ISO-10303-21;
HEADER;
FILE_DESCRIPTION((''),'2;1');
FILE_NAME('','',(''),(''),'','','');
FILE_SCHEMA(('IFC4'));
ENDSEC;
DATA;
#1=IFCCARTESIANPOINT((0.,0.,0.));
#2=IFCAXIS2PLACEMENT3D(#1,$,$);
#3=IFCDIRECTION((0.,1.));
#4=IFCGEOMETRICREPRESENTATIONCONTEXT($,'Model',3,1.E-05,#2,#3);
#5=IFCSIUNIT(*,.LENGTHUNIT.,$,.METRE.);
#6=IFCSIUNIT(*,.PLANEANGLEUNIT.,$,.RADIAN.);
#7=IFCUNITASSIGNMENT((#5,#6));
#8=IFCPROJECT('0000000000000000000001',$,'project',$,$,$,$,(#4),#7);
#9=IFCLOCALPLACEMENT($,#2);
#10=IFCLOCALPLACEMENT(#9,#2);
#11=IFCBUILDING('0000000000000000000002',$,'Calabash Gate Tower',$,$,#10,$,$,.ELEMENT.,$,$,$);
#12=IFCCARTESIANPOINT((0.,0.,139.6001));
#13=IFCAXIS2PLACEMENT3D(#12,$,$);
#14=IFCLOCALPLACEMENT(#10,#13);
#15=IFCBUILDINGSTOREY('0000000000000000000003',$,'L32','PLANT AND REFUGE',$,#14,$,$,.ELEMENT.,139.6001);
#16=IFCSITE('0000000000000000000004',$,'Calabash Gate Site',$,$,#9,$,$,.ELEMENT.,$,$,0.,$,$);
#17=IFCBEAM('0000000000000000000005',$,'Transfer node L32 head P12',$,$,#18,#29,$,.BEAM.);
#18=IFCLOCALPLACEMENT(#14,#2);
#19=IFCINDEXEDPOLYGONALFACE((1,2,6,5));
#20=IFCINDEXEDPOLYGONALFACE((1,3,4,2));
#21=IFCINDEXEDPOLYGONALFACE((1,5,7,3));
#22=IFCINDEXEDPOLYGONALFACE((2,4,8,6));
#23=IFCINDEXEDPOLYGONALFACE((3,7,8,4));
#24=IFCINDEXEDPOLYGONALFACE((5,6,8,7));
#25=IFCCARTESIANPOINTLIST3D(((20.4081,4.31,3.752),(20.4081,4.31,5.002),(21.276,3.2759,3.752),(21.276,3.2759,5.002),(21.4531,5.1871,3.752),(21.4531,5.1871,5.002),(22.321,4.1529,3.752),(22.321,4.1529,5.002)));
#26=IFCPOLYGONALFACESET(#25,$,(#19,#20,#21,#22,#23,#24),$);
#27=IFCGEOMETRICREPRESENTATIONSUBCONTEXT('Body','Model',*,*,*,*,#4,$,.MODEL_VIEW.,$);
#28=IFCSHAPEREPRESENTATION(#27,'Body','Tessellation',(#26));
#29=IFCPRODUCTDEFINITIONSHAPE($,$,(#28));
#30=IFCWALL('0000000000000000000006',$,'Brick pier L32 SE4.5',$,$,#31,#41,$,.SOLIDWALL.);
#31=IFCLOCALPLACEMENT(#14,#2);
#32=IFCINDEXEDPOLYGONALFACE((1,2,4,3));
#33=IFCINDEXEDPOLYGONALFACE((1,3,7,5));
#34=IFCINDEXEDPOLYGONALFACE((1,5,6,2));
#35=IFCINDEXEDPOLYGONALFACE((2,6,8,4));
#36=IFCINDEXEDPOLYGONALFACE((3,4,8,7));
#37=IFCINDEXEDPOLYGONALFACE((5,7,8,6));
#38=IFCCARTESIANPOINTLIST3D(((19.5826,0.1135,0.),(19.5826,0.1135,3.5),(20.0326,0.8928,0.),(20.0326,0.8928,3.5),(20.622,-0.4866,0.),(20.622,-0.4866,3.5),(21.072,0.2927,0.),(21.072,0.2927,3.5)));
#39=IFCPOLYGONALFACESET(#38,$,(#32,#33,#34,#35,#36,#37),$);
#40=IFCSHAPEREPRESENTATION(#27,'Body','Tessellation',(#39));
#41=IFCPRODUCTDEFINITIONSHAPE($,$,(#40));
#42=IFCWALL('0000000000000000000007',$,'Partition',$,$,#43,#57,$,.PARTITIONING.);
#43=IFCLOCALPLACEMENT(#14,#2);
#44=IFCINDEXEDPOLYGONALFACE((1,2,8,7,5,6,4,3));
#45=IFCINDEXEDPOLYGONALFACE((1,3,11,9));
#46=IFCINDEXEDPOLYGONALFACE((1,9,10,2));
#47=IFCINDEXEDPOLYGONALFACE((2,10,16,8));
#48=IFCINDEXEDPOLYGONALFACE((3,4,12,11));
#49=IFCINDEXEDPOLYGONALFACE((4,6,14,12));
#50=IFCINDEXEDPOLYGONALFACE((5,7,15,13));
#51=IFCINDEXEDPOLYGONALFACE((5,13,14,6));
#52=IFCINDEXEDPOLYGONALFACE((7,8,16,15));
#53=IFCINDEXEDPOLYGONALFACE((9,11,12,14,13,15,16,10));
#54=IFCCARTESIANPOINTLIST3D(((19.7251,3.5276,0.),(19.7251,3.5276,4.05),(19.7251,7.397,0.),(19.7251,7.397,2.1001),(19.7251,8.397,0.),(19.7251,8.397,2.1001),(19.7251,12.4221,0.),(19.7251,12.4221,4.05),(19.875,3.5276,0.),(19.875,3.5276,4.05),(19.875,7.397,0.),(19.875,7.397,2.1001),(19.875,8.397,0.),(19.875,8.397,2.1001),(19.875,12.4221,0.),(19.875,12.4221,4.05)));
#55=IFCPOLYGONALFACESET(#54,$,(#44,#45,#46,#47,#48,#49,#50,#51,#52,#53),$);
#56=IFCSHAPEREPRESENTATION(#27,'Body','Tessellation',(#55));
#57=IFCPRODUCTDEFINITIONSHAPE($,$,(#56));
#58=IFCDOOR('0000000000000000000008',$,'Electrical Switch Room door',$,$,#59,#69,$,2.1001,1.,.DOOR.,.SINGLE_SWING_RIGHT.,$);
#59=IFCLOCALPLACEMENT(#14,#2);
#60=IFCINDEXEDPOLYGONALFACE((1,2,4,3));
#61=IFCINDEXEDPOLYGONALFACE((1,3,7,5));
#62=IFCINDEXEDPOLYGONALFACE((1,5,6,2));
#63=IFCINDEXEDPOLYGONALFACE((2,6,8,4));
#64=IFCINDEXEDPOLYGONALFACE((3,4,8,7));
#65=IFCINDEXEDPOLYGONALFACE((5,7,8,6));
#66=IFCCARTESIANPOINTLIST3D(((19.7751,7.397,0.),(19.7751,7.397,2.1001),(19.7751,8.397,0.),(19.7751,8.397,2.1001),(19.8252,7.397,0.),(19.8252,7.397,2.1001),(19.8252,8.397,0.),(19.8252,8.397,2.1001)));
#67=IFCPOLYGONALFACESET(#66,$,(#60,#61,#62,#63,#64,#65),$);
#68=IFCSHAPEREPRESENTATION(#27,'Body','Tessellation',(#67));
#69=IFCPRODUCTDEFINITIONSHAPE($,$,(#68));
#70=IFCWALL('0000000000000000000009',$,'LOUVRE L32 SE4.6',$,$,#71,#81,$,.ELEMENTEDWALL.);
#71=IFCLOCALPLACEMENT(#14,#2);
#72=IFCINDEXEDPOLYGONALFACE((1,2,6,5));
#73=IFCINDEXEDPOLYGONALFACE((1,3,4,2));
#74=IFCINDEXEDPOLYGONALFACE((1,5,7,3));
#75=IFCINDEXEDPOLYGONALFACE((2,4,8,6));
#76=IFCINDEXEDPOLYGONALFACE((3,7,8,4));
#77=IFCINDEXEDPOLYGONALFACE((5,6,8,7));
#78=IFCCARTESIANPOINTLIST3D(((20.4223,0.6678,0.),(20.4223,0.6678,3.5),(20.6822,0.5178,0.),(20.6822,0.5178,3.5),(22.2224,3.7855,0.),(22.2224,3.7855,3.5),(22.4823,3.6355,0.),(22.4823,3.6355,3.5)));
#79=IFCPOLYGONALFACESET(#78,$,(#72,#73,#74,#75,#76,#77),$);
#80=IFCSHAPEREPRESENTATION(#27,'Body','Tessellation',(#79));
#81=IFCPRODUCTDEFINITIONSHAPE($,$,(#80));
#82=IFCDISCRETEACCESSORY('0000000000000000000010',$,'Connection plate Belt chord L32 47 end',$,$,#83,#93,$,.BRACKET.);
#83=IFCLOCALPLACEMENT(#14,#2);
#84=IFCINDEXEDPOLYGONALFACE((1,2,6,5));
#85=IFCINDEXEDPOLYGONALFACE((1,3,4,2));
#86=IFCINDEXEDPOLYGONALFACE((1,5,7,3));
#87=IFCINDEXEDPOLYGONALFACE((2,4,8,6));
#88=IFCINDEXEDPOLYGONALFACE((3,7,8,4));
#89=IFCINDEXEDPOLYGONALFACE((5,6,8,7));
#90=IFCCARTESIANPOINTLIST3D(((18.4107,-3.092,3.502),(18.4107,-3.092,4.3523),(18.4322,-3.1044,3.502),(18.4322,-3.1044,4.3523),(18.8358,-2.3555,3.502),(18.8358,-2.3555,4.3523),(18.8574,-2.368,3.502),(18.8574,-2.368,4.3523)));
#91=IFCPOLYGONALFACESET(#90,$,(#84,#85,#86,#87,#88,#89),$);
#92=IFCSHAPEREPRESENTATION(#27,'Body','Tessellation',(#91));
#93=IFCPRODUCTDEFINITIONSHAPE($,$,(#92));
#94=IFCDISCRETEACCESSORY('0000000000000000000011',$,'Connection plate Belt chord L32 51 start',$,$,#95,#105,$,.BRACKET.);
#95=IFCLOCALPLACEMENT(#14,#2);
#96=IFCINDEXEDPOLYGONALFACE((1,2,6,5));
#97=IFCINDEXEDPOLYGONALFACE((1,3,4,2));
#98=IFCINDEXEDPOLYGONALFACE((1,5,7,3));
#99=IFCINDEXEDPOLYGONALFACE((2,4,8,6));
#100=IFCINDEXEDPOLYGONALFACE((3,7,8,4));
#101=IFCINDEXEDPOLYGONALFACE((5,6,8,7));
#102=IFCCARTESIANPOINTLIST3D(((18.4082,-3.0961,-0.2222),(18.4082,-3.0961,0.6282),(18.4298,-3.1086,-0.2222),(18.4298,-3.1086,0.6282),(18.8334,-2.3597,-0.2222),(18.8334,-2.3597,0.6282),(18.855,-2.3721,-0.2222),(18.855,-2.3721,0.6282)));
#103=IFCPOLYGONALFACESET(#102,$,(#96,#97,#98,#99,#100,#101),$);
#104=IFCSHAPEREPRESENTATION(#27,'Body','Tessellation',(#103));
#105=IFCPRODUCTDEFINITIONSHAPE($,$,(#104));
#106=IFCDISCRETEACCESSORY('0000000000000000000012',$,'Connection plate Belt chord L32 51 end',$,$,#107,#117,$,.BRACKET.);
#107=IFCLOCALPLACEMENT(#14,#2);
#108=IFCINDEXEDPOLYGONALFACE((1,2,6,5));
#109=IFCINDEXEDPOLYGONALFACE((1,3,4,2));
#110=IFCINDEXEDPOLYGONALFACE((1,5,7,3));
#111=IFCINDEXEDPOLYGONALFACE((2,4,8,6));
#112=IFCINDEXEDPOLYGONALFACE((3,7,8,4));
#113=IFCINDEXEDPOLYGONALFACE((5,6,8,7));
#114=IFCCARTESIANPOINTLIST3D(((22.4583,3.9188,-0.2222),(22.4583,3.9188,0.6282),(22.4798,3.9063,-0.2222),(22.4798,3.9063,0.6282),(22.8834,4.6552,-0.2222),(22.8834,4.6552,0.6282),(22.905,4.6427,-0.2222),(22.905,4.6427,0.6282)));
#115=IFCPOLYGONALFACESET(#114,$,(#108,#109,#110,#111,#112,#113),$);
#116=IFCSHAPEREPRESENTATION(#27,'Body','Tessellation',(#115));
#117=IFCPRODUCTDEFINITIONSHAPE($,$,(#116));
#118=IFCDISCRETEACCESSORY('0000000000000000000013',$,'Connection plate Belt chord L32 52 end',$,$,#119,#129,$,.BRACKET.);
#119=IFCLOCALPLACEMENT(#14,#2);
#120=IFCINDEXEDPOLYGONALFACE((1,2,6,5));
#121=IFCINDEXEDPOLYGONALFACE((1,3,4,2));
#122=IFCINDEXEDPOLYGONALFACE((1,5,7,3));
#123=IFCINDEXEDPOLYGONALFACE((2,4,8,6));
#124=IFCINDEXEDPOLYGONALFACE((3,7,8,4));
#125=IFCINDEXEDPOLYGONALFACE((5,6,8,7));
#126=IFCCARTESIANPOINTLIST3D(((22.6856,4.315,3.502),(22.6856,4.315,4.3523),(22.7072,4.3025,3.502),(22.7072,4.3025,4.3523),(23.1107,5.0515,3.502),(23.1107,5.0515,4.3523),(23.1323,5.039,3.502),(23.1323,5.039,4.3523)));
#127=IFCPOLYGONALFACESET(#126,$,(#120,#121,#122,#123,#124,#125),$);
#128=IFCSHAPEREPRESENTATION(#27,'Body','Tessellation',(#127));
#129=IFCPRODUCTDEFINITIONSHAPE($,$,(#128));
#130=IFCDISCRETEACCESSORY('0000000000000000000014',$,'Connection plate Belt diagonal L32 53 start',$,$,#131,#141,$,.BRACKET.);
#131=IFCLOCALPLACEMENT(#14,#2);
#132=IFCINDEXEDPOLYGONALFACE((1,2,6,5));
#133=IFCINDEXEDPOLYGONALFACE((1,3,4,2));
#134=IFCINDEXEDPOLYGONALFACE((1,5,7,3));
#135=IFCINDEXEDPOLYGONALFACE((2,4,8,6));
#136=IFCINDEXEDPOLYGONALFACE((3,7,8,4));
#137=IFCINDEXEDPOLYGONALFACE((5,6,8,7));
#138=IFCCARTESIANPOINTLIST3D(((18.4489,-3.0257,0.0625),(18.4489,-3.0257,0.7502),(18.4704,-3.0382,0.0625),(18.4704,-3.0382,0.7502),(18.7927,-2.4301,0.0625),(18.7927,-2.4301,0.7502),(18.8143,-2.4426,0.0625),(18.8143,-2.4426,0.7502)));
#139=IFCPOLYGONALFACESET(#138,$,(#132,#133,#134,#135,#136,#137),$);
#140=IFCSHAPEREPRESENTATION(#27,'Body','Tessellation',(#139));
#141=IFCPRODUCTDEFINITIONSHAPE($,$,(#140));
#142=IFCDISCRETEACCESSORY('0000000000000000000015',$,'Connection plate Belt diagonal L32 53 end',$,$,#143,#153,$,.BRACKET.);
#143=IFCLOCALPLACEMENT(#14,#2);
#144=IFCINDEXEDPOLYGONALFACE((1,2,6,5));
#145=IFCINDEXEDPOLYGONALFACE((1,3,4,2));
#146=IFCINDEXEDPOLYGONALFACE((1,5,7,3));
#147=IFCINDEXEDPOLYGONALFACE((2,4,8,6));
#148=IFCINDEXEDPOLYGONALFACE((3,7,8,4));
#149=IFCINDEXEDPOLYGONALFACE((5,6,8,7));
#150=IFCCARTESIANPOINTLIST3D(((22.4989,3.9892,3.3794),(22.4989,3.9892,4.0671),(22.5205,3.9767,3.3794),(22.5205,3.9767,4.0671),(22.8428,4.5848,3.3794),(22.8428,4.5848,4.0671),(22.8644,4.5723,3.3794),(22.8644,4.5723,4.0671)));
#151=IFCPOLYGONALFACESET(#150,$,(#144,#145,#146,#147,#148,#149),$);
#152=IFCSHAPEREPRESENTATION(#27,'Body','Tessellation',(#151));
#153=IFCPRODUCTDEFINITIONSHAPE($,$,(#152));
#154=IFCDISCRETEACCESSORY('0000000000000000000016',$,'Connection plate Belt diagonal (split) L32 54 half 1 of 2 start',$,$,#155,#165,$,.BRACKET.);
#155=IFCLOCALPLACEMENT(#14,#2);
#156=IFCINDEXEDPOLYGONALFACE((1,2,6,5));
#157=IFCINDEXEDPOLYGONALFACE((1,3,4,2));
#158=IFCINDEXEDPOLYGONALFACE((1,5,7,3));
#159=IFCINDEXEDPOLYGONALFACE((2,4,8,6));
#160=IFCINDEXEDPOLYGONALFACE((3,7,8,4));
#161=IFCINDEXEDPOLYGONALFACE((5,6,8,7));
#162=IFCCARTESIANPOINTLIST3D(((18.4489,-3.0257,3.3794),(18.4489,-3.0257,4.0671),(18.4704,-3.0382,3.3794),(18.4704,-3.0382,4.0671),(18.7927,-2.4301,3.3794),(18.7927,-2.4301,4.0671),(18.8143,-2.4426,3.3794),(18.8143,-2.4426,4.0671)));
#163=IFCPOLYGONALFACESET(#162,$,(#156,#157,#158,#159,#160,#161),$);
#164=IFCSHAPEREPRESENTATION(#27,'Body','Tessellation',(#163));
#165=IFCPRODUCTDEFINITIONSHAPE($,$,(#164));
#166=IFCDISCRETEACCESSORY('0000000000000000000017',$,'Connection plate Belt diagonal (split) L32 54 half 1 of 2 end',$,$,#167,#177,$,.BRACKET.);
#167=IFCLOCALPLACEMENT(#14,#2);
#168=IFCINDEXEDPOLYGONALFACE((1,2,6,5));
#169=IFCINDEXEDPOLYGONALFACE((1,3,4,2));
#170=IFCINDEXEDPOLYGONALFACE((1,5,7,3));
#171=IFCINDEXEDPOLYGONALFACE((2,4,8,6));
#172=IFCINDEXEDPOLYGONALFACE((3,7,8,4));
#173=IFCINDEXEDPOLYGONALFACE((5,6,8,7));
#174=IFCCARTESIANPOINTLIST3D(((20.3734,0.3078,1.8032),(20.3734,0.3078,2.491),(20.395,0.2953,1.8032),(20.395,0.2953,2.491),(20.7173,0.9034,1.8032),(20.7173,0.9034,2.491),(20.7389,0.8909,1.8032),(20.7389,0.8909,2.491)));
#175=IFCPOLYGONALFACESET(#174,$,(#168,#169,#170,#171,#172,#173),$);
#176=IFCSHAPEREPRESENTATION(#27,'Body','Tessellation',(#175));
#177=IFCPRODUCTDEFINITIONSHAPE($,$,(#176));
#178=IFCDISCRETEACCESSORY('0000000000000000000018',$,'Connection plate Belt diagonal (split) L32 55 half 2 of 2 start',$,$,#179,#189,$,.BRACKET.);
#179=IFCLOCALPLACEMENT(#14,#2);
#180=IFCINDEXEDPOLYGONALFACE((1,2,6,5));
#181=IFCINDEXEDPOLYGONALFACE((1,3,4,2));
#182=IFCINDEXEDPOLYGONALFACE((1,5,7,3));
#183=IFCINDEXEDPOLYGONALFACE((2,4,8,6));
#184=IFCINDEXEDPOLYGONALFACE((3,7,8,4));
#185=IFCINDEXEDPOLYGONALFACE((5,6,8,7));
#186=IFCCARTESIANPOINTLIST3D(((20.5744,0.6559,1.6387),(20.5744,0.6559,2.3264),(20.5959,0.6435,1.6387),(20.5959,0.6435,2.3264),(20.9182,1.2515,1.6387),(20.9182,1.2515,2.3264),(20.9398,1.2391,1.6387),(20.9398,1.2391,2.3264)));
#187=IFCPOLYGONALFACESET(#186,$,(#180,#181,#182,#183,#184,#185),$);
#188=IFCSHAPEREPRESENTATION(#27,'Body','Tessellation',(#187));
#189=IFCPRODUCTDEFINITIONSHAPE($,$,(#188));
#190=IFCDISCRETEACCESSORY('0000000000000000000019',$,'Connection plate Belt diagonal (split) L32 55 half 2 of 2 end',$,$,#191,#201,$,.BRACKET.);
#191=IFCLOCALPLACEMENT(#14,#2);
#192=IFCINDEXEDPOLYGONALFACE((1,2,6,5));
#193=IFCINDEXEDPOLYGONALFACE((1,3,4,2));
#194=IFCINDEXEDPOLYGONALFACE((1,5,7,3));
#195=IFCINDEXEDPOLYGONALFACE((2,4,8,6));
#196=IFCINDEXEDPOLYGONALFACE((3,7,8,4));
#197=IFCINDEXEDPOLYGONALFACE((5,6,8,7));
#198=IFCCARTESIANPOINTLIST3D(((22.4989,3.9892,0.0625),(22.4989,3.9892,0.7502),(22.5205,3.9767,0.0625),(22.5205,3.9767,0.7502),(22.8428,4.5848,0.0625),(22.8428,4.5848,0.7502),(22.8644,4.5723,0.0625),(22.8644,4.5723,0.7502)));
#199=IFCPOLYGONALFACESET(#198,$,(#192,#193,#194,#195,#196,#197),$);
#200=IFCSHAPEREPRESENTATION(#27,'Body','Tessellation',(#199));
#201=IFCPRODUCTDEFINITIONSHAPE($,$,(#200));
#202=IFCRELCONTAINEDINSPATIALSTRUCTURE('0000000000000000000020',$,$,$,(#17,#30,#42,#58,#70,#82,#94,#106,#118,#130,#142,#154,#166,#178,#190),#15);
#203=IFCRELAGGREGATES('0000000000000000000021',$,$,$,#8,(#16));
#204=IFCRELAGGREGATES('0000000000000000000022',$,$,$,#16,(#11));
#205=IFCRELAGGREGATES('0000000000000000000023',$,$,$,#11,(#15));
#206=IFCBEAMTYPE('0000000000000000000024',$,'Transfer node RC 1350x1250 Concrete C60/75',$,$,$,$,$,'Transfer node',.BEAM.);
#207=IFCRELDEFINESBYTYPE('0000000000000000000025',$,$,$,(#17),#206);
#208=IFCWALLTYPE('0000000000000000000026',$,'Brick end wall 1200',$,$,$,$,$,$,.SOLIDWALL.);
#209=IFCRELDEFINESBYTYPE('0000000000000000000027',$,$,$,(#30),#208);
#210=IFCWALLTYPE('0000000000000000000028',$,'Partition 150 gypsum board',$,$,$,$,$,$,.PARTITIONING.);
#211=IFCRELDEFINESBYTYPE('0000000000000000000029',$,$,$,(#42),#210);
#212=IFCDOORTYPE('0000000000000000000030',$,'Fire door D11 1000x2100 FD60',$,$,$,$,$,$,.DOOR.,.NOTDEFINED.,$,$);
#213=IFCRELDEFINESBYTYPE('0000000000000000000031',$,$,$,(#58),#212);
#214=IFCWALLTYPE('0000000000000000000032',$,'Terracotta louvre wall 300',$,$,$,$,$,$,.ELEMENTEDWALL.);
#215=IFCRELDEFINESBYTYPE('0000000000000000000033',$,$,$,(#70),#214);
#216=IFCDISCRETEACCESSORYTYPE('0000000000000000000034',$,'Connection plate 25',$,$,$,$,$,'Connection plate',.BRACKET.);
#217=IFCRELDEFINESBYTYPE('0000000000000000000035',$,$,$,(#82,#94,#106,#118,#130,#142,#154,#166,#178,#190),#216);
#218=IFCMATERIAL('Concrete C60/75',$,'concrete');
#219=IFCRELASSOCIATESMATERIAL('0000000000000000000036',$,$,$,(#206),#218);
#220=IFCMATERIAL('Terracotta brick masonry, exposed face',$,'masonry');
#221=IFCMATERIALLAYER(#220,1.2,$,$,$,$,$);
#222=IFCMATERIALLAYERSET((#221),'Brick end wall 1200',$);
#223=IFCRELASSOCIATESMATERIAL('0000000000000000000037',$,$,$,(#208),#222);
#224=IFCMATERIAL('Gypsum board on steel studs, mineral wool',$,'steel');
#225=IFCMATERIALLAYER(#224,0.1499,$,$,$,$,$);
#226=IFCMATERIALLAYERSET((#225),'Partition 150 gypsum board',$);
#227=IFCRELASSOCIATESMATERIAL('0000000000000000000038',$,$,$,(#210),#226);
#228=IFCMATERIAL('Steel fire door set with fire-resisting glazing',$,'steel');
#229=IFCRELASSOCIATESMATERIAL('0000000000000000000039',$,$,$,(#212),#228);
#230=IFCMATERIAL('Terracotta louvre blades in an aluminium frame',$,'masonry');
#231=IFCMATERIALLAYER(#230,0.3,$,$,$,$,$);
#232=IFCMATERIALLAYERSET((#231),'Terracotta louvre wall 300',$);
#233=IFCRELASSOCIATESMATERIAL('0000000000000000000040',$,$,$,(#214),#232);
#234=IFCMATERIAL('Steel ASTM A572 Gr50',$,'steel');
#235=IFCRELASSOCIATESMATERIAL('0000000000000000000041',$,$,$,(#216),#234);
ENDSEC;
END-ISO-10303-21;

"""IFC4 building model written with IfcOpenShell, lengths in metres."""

from ifc_helpers import new_model, si_unit, direction, frame, frame_2d, origin, origin_2d, place, context, subcontext, project, spatial, rectangle, extrude, material, layer, layer_set, material_profile, profile_set, type_object, element, fill, save


model = new_model("IFC4")

# Units and contexts
model_context = context("Model", 3, precision=1e-05, world=origin(), true_north=direction((0.0, 1.0)))
body_context = subcontext(model_context, "Body", "Model", "MODEL_VIEW")
ifc_project = project(units=[si_unit("LENGTHUNIT", "METRE"), si_unit("PLANEANGLEUNIT", "RADIAN")], contexts=[model_context])

# Site, building, storey
site_placement = place(None, origin())
site = spatial("IfcSite", under=ifc_project, at=site_placement, Name="Calabash Gate Site", CompositionType="ELEMENT", RefElevation=0.0)
building_placement = place(site_placement, origin())
building = spatial("IfcBuilding", under=site, at=building_placement, Name="Calabash Gate Tower", CompositionType="ELEMENT")
storey_placement = place(building_placement, frame((0.0, 0.0, 139.6001)))
storey = spatial("IfcBuildingStorey", under=building, at=storey_placement, Name="L32", Description="PLANT AND REFUGE", CompositionType="ELEMENT", Elevation=139.6001)

# Beam
ifc_material_1 = material(Name="Concrete C60/75", Category="concrete")
ifc_material_profile_1 = material_profile(ifc_material_1, rectangle(XDim=1.3501, YDim=1.25, at=origin_2d()))
ifc_profile_set_1 = profile_set([ifc_material_profile_1], Name="Concrete C60/75")
beam_type_1 = type_object("IfcBeamType", Name="Transfer node RC 1350x1250 Concrete C60/75", ElementType="Transfer node", PredefinedType="BEAM", material=ifc_profile_set_1)
beam_1_placement = place(storey_placement, frame((20.842, 3.793, 4.377), z_axis=(0.765987, 0.642856, 0.0), x_axis=(-0.642856, 0.765987, 0.0)))
element("IfcBeam", 1, at=beam_1_placement, inside=storey, type_object=beam_type_1, Name="Transfer node L32 head P12", PredefinedType="BEAM", context=body_context, shape_type="SweptSolid", body=[
    extrude(rectangle(XDim=1.3501, YDim=1.25, at=origin_2d()), origin(), (0.0, 0.0, 1.0), 1.3643),
])

# Wall
ifc_material_2 = material(Name="Terracotta brick masonry, exposed face", Category="masonry")
ifc_layer_1 = layer(ifc_material_2, 1.2)
ifc_layer_set_1 = layer_set([ifc_layer_1], Name="Brick end wall 1200")
wall_type_1 = type_object("IfcWallType", Name="Brick end wall 1200", PredefinedType="SOLIDWALL", material=ifc_layer_set_1)
wall_1_placement = place(storey_placement, frame((19.8076, 0.5032, 0.0), z_axis=(0.0, 0.0, 1.0), x_axis=(0.866006, -0.500034, 0.0)))
element("IfcWall", 2, at=wall_1_placement, inside=storey, type_object=wall_type_1, Name="Brick pier L32 SE4.5", PredefinedType="SOLIDWALL", context=body_context, shape_type="SweptSolid", body=[
    extrude(rectangle(XDim=1.2002, YDim=0.8999, at=frame_2d((0.6001, 0.0))), origin(), (0.0, 0.0, 1.0), 3.5),
])

# Wall, opening, door
ifc_material_3 = material(Name="Gypsum board on steel studs, mineral wool", Category="steel")
ifc_layer_2 = layer(ifc_material_3, 0.1499)
ifc_layer_set_2 = layer_set([ifc_layer_2], Name="Partition 150 gypsum board")
wall_type_2 = type_object("IfcWallType", Name="Partition 150 gypsum board", PredefinedType="PARTITIONING", material=ifc_layer_set_2)
wall_2_placement = place(storey_placement, frame((19.8, 3.5276, 0.0), z_axis=(0.0, 0.0, 1.0), x_axis=(0.0, 1.0, 0.0)))
wall_2 = element("IfcWall", 3, at=wall_2_placement, inside=storey, type_object=wall_type_2, Name="Partition", PredefinedType="PARTITIONING", context=body_context, shape_type="SweptSolid", body=[
    extrude(rectangle(XDim=8.8945, YDim=0.1499, at=frame_2d((4.4473, 0.0))), origin(), (0.0, 0.0, 1.0), 4.05),
])
opening_placement = place(wall_2_placement, frame((3.8694, 0.0, 0.0)))
opening = element("IfcOpeningElement", 4, at=opening_placement, cuts=wall_2, PredefinedType="OPENING", context=body_context, shape_type="SweptSolid", body=[
    extrude(rectangle(XDim=1.0, YDim=2.1001, at=frame_2d((0.5, 1.05))), frame((0.0, 0.085, 0.0), z_axis=(0.0, -1.0, 0.0), x_axis=(1.0, 0.0, 0.0)), (0.0, 0.0, 1.0), 0.1699),
])
ifc_material_4 = material(Name="Steel fire door set with fire-resisting glazing", Category="steel")
door_type = type_object("IfcDoorType", Name="Fire door D11 1000x2100 FD60", OperationType="NOTDEFINED", PredefinedType="DOOR", material=ifc_material_4)
door_placement = place(opening_placement, origin())
door = element("IfcDoor", 5, at=door_placement, inside=storey, type_object=door_type, Name="Electrical Switch Room door", OperationType="SINGLE_SWING_RIGHT", OverallHeight=2.1001, OverallWidth=1.0, PredefinedType="DOOR", context=body_context, shape_type="SweptSolid", body=[
    extrude(rectangle(XDim=1.0, YDim=2.1001, at=frame_2d((0.5, 1.05))), frame((0.0, 0.0249, 0.0), z_axis=(0.0, -1.0, 0.0), x_axis=(1.0, 0.0, 0.0)), (0.0, 0.0, 1.0), 0.05),
])
fill(opening, door)

# Wall
ifc_material_5 = material(Name="Terracotta louvre blades in an aluminium frame", Category="masonry")
ifc_layer_3 = layer(ifc_material_5, 0.3)
ifc_layer_set_3 = layer_set([ifc_layer_3], Name="Terracotta louvre wall 300")
wall_type_3 = type_object("IfcWallType", Name="Terracotta louvre wall 300", PredefinedType="ELEMENTEDWALL", material=ifc_layer_set_3)
wall_3_placement = place(storey_placement, frame((20.5522, 0.5928, 0.0), z_axis=(0.0, 0.0, 1.0), x_axis=(0.500012, 0.866018, 0.0)))
element("IfcWall", 6, at=wall_3_placement, inside=storey, type_object=wall_type_3, Name="LOUVRE L32 SE4.6", PredefinedType="ELEMENTEDWALL", context=body_context, shape_type="SweptSolid", body=[
    extrude(rectangle(XDim=3.6001, YDim=0.3, at=frame_2d((1.8, 0.0))), origin(), (0.0, 0.0, 1.0), 3.5),
])

# Discrete accessories
ifc_material_6 = material(Name="Steel ASTM A572 Gr50", Category="steel")
discrete_accessory_type = type_object("IfcDiscreteAccessoryType", Name="Connection plate 25", ElementType="Connection plate", PredefinedType="BRACKET", material=ifc_material_6)
for number, where, z_axis, x_axis, name in (
    (7, (18.634, -2.73, 3.502), (0.0, 0.0, 1.0), (0.500008, 0.866021, 0.0), "Connection plate Belt chord L32 47 end"),
    (8, (18.6316, -2.7341, -0.2222), (0.0, 0.0, 1.0), (0.5, 0.866025, 0.0), "Connection plate Belt chord L32 51 start"),
    (9, (22.6816, 4.2808, -0.2222), (0.0, 0.0, 1.0), (0.5, 0.866025, 0.0), "Connection plate Belt chord L32 51 end"),
    (10, (22.9089, 4.677, 3.502), (0.0, 0.0, 1.0), (0.499883, 0.866093, 0.0), "Connection plate Belt chord L32 52 end"),
):
    element("IfcDiscreteAccessory", number, at=place(storey_placement, frame(where, z_axis=z_axis, x_axis=x_axis)), inside=storey, type_object=discrete_accessory_type, Name=name, PredefinedType="BRACKET", context=body_context, shape_type="SweptSolid", body=[
        extrude(rectangle(XDim=0.8503, YDim=0.0249, at=origin_2d()), origin(), (0.0, 0.0, 1.0), 0.8503),
    ])
for number, where, z_axis, x_axis, name in (
    (11, (18.6316, -2.7341, 0.0625), (0.0, 0.0, 1.0), (0.5, 0.866025, 0.0), "Connection plate Belt diagonal L32 53 start"),
    (12, (22.6816, 4.2808, 3.3794), (0.0, 0.0, 1.0), (0.5, 0.866025, 0.0), "Connection plate Belt diagonal L32 53 end"),
    (13, (18.6316, -2.7341, 3.3794), (0.0, 0.0, 1.0), (0.5, 0.866025, 0.0), "Connection plate Belt diagonal (split) L32 54 half 1 of 2 start"),
    (14, (20.5562, 0.5994, 1.8032), (0.0, 0.0, 1.0), (0.5, 0.866025, 0.0), "Connection plate Belt diagonal (split) L32 54 half 1 of 2 end"),
    (15, (20.7571, 0.9475, 1.6387), (0.0, 0.0, 1.0), (0.5, 0.866025, 0.0), "Connection plate Belt diagonal (split) L32 55 half 2 of 2 start"),
    (16, (22.6816, 4.2808, 0.0625), (0.0, 0.0, 1.0), (0.5, 0.866025, 0.0), "Connection plate Belt diagonal (split) L32 55 half 2 of 2 end"),
):
    element("IfcDiscreteAccessory", number, at=place(storey_placement, frame(where, z_axis=z_axis, x_axis=x_axis)), inside=storey, type_object=discrete_accessory_type, Name=name, PredefinedType="BRACKET", context=body_context, shape_type="SweptSolid", body=[
        extrude(rectangle(XDim=0.6877, YDim=0.0249, at=origin_2d()), origin(), (0.0, 0.0, 1.0), 0.6877),
    ])

save(model, "model.ifc")
